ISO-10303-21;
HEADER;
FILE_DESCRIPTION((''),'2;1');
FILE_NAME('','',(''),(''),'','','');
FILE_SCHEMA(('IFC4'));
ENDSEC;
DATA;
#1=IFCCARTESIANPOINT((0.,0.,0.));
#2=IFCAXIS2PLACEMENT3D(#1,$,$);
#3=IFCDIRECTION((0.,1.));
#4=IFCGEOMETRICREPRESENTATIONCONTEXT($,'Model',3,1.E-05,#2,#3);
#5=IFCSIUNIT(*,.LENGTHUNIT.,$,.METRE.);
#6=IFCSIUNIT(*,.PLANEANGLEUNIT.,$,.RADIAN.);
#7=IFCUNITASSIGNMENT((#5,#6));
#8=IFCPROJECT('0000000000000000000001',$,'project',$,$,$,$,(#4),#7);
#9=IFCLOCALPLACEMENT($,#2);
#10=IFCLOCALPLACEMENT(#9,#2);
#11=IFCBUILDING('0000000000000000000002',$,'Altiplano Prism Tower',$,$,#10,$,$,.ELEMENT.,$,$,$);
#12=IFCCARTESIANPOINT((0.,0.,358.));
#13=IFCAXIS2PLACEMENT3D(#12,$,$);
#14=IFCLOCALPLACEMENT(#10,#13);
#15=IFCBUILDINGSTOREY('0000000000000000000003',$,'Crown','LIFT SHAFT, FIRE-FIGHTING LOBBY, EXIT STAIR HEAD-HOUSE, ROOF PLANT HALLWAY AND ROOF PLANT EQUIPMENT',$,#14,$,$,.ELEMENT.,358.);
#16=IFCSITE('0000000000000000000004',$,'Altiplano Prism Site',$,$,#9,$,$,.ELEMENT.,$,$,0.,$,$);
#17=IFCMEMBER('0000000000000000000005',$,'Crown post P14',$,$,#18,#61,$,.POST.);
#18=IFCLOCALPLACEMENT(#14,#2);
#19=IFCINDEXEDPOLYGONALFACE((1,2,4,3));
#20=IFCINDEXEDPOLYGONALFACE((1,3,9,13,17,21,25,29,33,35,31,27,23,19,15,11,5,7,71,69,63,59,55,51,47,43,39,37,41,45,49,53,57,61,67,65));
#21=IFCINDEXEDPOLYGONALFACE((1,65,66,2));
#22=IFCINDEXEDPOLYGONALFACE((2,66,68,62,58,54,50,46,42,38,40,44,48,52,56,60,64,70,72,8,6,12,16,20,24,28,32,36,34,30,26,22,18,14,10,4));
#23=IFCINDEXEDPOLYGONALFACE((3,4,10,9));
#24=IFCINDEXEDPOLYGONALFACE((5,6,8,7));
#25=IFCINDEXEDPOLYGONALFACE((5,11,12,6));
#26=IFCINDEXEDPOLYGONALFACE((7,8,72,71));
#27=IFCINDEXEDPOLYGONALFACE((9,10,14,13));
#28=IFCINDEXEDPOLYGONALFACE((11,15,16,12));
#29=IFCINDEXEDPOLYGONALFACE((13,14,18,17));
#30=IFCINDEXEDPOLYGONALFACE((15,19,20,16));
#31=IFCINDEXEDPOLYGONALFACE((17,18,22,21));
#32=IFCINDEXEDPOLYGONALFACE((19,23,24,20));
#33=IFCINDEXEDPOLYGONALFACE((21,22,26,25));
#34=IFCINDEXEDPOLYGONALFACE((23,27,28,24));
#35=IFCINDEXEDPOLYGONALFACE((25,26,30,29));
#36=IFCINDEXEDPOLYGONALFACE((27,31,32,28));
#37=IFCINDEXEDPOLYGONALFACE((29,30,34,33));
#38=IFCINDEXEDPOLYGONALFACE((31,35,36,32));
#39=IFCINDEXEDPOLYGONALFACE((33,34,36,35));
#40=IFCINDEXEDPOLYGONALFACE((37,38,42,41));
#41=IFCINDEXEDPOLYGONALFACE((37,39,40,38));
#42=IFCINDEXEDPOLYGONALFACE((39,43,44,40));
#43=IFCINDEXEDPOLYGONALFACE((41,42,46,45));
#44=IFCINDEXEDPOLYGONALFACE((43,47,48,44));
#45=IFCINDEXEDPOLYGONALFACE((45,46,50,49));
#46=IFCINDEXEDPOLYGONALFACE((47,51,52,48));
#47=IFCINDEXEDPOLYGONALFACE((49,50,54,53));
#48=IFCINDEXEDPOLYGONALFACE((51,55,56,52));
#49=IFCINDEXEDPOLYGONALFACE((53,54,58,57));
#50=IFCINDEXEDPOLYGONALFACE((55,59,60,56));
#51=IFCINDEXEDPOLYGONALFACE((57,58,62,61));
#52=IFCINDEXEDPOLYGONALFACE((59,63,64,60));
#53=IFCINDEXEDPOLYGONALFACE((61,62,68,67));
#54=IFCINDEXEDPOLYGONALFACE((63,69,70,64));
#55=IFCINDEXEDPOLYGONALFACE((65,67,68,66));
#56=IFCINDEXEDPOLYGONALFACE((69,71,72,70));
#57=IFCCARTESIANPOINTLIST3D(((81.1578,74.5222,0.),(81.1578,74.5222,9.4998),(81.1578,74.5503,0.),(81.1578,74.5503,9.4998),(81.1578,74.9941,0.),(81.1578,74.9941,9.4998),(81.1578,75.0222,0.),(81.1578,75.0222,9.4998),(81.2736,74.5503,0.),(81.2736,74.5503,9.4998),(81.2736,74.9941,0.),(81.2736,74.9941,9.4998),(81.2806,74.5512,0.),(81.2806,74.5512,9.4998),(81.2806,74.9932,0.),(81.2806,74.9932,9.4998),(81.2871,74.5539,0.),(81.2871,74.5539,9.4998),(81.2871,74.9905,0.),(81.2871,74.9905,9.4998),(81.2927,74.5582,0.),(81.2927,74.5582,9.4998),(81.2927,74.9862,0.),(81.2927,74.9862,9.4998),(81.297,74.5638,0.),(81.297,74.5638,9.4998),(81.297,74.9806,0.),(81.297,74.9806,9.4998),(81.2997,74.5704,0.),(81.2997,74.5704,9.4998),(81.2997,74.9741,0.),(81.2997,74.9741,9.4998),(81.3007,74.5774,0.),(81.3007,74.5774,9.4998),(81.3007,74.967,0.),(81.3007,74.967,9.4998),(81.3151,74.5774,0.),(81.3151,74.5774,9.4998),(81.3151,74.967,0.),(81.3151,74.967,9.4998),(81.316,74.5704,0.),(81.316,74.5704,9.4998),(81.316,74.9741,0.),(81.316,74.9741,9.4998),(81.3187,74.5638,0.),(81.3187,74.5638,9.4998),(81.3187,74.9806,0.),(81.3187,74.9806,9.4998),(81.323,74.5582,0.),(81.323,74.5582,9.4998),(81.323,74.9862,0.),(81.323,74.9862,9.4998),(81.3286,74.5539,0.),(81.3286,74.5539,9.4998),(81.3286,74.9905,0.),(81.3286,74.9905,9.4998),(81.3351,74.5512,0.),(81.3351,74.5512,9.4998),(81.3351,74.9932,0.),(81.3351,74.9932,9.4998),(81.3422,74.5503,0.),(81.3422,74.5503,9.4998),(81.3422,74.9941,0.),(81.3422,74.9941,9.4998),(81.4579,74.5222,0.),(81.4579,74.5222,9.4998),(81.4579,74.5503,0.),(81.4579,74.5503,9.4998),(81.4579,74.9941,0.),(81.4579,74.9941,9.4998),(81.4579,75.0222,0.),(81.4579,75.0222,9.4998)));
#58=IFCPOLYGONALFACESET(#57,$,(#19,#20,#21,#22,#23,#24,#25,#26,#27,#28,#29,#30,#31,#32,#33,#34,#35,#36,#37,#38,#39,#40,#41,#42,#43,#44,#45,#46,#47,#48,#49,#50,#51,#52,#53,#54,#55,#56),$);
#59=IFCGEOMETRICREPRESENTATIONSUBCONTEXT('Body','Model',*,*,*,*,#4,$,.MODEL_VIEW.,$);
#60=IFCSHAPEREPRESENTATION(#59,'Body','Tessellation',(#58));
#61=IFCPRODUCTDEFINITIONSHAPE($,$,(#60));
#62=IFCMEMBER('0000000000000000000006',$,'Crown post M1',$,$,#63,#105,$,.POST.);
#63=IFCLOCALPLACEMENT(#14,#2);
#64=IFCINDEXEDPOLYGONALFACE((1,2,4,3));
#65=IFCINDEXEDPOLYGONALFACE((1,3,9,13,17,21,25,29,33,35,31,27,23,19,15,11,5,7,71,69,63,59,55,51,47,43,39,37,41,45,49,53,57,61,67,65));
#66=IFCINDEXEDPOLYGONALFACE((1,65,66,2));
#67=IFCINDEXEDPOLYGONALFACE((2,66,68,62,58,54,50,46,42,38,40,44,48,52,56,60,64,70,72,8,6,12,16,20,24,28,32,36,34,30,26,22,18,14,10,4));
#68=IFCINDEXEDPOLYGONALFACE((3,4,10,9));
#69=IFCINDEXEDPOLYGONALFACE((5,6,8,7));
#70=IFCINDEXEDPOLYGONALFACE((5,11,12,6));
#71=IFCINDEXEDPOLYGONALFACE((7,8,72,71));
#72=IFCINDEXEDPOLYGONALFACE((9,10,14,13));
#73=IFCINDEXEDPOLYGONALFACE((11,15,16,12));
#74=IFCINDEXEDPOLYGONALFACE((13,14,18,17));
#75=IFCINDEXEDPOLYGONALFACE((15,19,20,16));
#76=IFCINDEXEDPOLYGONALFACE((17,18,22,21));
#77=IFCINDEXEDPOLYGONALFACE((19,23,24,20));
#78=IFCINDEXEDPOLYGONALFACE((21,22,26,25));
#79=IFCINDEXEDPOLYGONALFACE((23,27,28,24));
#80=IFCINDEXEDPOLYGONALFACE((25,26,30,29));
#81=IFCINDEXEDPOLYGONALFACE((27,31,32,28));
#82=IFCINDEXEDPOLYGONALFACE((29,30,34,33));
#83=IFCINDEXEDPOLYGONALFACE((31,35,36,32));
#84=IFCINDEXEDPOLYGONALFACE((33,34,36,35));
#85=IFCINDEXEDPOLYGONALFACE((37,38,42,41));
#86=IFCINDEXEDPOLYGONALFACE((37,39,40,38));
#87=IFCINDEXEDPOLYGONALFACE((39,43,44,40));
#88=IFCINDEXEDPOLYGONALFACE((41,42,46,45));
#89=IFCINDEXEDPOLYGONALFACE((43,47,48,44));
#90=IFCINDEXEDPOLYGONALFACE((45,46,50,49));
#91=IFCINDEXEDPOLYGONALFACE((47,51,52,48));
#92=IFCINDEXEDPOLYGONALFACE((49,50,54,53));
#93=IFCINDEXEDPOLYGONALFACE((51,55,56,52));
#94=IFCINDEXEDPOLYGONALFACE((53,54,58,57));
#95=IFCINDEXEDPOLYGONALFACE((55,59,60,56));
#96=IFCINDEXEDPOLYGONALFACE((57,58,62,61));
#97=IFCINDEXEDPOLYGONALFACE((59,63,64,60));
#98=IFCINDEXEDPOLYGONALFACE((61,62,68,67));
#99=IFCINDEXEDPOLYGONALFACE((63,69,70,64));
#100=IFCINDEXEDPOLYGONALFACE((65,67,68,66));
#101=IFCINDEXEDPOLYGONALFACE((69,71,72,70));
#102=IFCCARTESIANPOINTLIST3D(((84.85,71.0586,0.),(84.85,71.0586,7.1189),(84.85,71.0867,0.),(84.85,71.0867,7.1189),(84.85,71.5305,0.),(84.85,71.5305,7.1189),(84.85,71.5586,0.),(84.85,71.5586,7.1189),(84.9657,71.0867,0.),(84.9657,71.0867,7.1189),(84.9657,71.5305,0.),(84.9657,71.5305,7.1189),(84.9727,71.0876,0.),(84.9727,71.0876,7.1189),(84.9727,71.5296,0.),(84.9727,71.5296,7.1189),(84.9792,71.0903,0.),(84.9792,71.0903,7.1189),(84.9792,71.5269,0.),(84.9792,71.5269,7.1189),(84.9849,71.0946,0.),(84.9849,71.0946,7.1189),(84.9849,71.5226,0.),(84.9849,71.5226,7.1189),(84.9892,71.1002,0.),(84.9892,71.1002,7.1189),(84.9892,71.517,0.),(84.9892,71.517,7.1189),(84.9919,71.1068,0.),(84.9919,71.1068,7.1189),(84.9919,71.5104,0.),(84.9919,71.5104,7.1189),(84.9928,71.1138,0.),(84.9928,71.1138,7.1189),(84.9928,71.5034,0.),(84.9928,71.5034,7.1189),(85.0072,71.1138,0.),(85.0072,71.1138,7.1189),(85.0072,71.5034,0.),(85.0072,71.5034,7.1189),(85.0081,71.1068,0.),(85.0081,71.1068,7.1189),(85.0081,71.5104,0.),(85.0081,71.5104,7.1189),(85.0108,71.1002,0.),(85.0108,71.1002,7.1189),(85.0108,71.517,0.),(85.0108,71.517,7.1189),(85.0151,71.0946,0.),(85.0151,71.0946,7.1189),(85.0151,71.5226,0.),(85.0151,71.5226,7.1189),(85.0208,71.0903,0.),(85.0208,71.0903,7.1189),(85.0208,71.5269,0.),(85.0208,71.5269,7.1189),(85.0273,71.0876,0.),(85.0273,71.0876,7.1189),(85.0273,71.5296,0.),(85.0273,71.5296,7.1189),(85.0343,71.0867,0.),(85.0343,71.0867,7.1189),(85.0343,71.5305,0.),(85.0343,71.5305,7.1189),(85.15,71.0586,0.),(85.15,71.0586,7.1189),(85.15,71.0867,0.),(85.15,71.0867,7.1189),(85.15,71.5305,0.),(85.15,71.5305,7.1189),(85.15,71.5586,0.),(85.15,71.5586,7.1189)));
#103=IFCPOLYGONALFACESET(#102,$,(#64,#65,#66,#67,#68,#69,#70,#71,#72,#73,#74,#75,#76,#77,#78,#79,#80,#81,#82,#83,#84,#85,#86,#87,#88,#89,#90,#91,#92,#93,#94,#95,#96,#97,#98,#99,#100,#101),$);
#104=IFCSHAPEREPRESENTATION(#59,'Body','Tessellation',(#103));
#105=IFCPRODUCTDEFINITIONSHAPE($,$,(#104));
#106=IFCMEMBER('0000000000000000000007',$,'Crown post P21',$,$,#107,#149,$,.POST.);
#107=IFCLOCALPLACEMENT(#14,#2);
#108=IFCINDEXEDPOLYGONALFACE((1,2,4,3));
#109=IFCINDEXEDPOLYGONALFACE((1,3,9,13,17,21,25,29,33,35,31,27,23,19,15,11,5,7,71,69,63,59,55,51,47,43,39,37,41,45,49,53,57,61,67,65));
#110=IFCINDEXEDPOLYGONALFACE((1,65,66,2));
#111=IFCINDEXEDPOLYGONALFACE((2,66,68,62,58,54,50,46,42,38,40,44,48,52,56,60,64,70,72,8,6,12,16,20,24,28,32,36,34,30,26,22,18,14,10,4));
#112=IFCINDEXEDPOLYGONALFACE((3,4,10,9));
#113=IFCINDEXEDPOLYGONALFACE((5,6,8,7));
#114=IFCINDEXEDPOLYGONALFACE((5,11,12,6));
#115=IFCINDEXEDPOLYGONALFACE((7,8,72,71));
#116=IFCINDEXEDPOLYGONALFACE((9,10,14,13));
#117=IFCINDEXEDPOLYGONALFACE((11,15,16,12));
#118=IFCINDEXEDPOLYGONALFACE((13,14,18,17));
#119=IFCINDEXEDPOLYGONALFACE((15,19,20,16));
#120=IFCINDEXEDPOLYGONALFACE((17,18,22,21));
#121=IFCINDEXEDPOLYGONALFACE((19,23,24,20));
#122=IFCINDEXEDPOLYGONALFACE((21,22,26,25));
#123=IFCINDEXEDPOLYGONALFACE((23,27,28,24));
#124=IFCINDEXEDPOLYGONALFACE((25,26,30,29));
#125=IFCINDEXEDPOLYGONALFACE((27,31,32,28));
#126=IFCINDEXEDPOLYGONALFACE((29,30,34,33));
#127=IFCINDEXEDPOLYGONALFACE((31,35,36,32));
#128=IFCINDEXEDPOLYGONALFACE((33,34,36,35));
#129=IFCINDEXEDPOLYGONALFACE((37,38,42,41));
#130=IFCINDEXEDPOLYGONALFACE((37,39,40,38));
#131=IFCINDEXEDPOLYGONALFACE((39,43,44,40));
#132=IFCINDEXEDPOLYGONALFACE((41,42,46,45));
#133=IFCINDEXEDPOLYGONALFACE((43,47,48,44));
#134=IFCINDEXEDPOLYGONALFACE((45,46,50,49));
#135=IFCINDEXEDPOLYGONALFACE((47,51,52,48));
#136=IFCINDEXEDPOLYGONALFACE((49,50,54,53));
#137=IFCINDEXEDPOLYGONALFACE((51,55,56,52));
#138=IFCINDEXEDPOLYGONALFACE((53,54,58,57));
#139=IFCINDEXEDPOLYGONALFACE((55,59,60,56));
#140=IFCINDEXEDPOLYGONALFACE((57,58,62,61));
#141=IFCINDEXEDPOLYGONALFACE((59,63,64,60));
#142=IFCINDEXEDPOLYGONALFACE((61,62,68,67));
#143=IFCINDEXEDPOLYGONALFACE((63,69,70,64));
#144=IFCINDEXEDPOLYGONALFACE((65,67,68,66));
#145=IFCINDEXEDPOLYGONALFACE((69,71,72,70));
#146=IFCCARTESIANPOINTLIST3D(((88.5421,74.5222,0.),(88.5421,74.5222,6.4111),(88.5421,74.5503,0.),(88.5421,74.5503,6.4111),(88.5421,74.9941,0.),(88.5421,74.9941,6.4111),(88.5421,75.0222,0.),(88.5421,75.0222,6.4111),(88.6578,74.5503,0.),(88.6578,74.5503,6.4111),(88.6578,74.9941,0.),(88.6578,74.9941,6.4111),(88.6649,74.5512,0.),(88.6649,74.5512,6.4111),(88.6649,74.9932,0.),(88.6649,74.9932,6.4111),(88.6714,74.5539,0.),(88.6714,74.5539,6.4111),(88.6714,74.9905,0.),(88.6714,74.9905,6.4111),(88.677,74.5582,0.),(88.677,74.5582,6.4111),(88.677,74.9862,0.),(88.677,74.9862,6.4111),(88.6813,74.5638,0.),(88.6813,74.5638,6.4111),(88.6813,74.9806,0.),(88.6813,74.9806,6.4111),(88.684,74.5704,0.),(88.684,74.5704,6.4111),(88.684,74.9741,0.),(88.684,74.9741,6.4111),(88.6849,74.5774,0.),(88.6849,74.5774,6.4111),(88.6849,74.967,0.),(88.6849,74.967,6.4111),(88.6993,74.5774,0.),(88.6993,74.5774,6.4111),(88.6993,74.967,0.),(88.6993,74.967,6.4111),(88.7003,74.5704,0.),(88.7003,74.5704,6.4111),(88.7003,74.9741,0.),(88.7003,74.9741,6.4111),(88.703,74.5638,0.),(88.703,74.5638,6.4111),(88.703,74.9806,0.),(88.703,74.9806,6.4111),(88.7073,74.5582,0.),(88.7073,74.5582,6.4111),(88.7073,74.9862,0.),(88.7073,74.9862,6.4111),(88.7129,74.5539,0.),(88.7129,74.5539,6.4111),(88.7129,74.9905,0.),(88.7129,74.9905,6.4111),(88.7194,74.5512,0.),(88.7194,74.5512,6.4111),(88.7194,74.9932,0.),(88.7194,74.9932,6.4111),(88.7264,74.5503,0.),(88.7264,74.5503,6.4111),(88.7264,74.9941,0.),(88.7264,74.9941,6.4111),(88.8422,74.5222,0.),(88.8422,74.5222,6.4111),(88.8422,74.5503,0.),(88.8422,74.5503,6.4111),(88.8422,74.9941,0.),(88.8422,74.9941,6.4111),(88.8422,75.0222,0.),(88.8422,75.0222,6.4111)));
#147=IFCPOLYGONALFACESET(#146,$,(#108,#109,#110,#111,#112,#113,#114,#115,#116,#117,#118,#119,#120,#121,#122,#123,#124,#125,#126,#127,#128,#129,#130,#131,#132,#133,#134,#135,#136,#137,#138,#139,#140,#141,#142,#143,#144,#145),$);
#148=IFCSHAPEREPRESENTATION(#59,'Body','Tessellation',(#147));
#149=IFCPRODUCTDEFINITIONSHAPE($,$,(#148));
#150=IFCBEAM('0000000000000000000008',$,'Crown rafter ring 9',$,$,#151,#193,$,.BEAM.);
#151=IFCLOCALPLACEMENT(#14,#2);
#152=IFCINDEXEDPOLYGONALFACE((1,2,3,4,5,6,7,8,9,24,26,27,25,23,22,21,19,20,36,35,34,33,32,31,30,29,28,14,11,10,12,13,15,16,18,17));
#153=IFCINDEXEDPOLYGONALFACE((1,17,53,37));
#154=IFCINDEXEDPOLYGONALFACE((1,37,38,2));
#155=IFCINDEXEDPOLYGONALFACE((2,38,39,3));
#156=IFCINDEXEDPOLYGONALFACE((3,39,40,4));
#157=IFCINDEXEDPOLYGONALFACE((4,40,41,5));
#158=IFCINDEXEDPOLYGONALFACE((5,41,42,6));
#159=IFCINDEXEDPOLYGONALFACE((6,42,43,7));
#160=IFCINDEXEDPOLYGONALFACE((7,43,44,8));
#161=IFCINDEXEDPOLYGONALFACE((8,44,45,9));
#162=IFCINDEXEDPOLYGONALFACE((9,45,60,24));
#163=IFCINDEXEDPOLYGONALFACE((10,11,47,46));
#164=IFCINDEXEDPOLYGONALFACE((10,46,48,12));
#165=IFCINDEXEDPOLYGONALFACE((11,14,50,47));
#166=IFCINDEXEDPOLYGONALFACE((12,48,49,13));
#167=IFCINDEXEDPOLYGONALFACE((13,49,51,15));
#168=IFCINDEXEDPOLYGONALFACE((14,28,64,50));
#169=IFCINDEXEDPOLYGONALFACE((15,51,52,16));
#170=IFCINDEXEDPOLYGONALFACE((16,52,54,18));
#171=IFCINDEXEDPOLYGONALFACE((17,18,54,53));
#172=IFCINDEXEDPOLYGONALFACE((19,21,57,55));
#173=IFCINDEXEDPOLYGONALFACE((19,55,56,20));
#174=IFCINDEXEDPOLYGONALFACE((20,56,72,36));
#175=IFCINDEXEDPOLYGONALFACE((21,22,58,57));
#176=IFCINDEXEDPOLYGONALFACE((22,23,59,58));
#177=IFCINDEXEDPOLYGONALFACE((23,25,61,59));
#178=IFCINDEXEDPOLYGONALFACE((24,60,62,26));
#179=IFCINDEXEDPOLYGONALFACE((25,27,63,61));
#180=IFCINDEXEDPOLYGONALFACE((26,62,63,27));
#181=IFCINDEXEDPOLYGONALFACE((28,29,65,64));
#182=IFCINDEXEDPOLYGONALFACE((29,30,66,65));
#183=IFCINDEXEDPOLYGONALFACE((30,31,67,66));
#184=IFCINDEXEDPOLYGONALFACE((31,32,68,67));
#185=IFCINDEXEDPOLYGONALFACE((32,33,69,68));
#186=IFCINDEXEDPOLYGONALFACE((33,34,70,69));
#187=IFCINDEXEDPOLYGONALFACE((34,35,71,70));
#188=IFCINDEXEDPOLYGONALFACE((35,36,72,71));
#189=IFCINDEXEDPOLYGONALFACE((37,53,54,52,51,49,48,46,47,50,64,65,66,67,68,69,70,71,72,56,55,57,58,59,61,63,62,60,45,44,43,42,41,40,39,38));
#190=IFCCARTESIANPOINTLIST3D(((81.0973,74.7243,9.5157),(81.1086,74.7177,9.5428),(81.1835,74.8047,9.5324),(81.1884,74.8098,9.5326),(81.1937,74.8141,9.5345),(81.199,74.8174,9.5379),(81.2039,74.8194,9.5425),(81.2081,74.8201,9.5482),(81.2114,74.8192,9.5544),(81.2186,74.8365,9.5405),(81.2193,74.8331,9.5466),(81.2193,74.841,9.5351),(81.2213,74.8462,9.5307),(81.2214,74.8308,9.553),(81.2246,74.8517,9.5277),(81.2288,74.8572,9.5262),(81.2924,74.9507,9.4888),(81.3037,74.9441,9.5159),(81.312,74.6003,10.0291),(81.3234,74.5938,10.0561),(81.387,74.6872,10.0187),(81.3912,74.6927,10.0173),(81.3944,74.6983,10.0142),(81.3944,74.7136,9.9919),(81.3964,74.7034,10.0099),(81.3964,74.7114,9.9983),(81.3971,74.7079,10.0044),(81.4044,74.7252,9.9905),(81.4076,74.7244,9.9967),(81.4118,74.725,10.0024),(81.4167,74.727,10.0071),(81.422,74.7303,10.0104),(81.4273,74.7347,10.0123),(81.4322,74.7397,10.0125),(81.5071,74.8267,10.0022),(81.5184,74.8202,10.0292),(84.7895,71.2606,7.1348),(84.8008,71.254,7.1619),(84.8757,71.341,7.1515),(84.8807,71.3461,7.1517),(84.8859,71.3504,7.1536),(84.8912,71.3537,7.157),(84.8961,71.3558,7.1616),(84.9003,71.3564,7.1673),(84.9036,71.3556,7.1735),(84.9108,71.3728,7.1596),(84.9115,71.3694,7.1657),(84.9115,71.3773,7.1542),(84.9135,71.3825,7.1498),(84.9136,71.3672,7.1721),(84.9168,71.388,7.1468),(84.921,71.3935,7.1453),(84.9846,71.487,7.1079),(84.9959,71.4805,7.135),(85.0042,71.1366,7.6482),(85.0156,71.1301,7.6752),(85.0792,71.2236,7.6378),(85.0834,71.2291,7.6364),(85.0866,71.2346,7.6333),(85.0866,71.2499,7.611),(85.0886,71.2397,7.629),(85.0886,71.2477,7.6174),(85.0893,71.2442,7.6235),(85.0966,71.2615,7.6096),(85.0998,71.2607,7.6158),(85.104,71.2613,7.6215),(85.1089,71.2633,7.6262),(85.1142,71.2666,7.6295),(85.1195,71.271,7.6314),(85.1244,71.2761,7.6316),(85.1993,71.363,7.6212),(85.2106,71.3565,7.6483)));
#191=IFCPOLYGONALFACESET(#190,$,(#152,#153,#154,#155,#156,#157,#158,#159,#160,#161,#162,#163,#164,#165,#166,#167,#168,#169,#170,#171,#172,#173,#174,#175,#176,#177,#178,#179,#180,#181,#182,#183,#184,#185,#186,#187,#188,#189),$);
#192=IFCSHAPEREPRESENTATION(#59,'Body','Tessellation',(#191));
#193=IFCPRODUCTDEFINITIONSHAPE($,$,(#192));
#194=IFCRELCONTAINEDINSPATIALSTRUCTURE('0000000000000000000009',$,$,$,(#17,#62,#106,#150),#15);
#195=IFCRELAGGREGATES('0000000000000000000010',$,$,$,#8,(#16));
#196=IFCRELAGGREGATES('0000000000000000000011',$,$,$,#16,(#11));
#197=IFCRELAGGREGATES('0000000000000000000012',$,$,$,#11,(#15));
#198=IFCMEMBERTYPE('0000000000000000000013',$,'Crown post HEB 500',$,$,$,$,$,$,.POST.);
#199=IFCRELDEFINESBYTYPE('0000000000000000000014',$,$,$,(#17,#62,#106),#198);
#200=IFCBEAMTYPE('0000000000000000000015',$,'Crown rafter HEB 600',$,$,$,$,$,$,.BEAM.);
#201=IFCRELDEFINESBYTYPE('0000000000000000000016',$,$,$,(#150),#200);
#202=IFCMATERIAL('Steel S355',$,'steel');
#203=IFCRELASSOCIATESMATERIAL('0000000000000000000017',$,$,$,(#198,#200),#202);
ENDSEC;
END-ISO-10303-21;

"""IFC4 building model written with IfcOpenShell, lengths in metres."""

from ifc_helpers import new_model, si_unit, direction, frame, origin, origin_2d, place, context, subcontext, project, spatial, i_section, extrude, material, material_profile, profile_set, type_object, element, save


model = new_model("IFC4")

# Units and contexts
model_context = context("Model", 3, precision=1e-05, world=origin(), true_north=direction((0.0, 1.0)))
body_context = subcontext(model_context, "Body", "Model", "MODEL_VIEW")
ifc_project = project(units=[si_unit("LENGTHUNIT", "METRE"), si_unit("PLANEANGLEUNIT", "RADIAN")], contexts=[model_context])

# Site, building, storey
site_placement = place(None, origin())
site = spatial("IfcSite", under=ifc_project, at=site_placement, Name="Altiplano Prism Site", CompositionType="ELEMENT", RefElevation=0.0)
building_placement = place(site_placement, origin())
building = spatial("IfcBuilding", under=site, at=building_placement, Name="Altiplano Prism Tower", CompositionType="ELEMENT")
storey_placement = place(building_placement, frame((0.0, 0.0, 358.0)))
storey = spatial("IfcBuildingStorey", under=building, at=storey_placement, Name="Crown", Description="LIFT SHAFT, FIRE-FIGHTING LOBBY, EXIT STAIR HEAD-HOUSE, ROOF PLANT HALLWAY AND ROOF PLANT EQUIPMENT", CompositionType="ELEMENT", Elevation=358.0)

# Members
ifc_material_1 = material(Name="Steel S355", Category="steel")
ifc_material_profile_1 = material_profile(ifc_material_1, i_section(OverallWidth=0.3, OverallDepth=0.5, WebThickness=0.0144, FlangeThickness=0.0281, FilletRadius=0.0271, at=origin_2d()), Name="Crown post HEB 500")
ifc_profile_set_1 = profile_set([ifc_material_profile_1], Name="Steel S355")
member_type_1 = type_object("IfcMemberType", Name="Crown post HEB 500", PredefinedType="POST", material=ifc_profile_set_1)
member_1_placement = place(storey_placement, frame((81.3079, 74.7722, 0.0), z_axis=(0.0, 0.0, 1.0), x_axis=(1.0, 0.0, 0.0)))
element("IfcMember", 1, at=member_1_placement, inside=storey, type_object=member_type_1, Name="Crown post P14", PredefinedType="POST", context=body_context, shape_type="SweptSolid", body=[
    extrude(i_section(OverallWidth=0.3, OverallDepth=0.5, WebThickness=0.0144, FlangeThickness=0.0281, FilletRadius=0.0271, at=origin_2d()), origin(), (0.0, 0.0, 1.0), 9.4998),
])
member_2_placement = place(storey_placement, frame((85.0, 71.3086, 0.0), z_axis=(0.0, 0.0, 1.0), x_axis=(1.0, 0.0, 0.0)))
element("IfcMember", 2, at=member_2_placement, inside=storey, type_object=member_type_1, Name="Crown post M1", PredefinedType="POST", context=body_context, shape_type="SweptSolid", body=[
    extrude(i_section(OverallWidth=0.3, OverallDepth=0.5, WebThickness=0.0144, FlangeThickness=0.0281, FilletRadius=0.0271, at=origin_2d()), origin(), (0.0, 0.0, 1.0), 7.1189),
])
member_3_placement = place(storey_placement, frame((88.6921, 74.7722, 0.0), z_axis=(0.0, 0.0, 1.0), x_axis=(1.0, 0.0, 0.0)))
element("IfcMember", 3, at=member_3_placement, inside=storey, type_object=member_type_1, Name="Crown post P21", PredefinedType="POST", context=body_context, shape_type="SweptSolid", body=[
    extrude(i_section(OverallWidth=0.3, OverallDepth=0.5, WebThickness=0.0144, FlangeThickness=0.0281, FilletRadius=0.0271, at=origin_2d()), origin(), (0.0, 0.0, 1.0), 6.4111),
])

# Beam
ifc_material_profile_2 = material_profile(ifc_material_1, i_section(OverallWidth=0.3, OverallDepth=0.6001, WebThickness=0.0154, FlangeThickness=0.03, FilletRadius=0.0271, at=origin_2d()), Name="Crown rafter HEB 600")
ifc_profile_set_2 = profile_set([ifc_material_profile_2], Name="Steel S355")
beam_type = type_object("IfcBeamType", Name="Crown rafter HEB 600", PredefinedType="BEAM", material=ifc_profile_set_2)
beam_1_placement = place(storey_placement, frame((81.3079, 74.7722, 9.7725), z_axis=(0.659973, -0.619126, -0.425581), x_axis=(0.650052, 0.75458, -0.089674)))
element("IfcBeam", 4, at=beam_1_placement, inside=storey, type_object=beam_type, Name="Crown rafter ring 9", PredefinedType="BEAM", context=body_context, shape_type="SweptSolid", body=[
    extrude(i_section(OverallWidth=0.3, OverallDepth=0.6001, WebThickness=0.0154, FlangeThickness=0.03, FilletRadius=0.0271, at=origin_2d()), origin(), (0.0, 0.0, 1.0), 5.5945),
])

save(model, "model.ifc")
